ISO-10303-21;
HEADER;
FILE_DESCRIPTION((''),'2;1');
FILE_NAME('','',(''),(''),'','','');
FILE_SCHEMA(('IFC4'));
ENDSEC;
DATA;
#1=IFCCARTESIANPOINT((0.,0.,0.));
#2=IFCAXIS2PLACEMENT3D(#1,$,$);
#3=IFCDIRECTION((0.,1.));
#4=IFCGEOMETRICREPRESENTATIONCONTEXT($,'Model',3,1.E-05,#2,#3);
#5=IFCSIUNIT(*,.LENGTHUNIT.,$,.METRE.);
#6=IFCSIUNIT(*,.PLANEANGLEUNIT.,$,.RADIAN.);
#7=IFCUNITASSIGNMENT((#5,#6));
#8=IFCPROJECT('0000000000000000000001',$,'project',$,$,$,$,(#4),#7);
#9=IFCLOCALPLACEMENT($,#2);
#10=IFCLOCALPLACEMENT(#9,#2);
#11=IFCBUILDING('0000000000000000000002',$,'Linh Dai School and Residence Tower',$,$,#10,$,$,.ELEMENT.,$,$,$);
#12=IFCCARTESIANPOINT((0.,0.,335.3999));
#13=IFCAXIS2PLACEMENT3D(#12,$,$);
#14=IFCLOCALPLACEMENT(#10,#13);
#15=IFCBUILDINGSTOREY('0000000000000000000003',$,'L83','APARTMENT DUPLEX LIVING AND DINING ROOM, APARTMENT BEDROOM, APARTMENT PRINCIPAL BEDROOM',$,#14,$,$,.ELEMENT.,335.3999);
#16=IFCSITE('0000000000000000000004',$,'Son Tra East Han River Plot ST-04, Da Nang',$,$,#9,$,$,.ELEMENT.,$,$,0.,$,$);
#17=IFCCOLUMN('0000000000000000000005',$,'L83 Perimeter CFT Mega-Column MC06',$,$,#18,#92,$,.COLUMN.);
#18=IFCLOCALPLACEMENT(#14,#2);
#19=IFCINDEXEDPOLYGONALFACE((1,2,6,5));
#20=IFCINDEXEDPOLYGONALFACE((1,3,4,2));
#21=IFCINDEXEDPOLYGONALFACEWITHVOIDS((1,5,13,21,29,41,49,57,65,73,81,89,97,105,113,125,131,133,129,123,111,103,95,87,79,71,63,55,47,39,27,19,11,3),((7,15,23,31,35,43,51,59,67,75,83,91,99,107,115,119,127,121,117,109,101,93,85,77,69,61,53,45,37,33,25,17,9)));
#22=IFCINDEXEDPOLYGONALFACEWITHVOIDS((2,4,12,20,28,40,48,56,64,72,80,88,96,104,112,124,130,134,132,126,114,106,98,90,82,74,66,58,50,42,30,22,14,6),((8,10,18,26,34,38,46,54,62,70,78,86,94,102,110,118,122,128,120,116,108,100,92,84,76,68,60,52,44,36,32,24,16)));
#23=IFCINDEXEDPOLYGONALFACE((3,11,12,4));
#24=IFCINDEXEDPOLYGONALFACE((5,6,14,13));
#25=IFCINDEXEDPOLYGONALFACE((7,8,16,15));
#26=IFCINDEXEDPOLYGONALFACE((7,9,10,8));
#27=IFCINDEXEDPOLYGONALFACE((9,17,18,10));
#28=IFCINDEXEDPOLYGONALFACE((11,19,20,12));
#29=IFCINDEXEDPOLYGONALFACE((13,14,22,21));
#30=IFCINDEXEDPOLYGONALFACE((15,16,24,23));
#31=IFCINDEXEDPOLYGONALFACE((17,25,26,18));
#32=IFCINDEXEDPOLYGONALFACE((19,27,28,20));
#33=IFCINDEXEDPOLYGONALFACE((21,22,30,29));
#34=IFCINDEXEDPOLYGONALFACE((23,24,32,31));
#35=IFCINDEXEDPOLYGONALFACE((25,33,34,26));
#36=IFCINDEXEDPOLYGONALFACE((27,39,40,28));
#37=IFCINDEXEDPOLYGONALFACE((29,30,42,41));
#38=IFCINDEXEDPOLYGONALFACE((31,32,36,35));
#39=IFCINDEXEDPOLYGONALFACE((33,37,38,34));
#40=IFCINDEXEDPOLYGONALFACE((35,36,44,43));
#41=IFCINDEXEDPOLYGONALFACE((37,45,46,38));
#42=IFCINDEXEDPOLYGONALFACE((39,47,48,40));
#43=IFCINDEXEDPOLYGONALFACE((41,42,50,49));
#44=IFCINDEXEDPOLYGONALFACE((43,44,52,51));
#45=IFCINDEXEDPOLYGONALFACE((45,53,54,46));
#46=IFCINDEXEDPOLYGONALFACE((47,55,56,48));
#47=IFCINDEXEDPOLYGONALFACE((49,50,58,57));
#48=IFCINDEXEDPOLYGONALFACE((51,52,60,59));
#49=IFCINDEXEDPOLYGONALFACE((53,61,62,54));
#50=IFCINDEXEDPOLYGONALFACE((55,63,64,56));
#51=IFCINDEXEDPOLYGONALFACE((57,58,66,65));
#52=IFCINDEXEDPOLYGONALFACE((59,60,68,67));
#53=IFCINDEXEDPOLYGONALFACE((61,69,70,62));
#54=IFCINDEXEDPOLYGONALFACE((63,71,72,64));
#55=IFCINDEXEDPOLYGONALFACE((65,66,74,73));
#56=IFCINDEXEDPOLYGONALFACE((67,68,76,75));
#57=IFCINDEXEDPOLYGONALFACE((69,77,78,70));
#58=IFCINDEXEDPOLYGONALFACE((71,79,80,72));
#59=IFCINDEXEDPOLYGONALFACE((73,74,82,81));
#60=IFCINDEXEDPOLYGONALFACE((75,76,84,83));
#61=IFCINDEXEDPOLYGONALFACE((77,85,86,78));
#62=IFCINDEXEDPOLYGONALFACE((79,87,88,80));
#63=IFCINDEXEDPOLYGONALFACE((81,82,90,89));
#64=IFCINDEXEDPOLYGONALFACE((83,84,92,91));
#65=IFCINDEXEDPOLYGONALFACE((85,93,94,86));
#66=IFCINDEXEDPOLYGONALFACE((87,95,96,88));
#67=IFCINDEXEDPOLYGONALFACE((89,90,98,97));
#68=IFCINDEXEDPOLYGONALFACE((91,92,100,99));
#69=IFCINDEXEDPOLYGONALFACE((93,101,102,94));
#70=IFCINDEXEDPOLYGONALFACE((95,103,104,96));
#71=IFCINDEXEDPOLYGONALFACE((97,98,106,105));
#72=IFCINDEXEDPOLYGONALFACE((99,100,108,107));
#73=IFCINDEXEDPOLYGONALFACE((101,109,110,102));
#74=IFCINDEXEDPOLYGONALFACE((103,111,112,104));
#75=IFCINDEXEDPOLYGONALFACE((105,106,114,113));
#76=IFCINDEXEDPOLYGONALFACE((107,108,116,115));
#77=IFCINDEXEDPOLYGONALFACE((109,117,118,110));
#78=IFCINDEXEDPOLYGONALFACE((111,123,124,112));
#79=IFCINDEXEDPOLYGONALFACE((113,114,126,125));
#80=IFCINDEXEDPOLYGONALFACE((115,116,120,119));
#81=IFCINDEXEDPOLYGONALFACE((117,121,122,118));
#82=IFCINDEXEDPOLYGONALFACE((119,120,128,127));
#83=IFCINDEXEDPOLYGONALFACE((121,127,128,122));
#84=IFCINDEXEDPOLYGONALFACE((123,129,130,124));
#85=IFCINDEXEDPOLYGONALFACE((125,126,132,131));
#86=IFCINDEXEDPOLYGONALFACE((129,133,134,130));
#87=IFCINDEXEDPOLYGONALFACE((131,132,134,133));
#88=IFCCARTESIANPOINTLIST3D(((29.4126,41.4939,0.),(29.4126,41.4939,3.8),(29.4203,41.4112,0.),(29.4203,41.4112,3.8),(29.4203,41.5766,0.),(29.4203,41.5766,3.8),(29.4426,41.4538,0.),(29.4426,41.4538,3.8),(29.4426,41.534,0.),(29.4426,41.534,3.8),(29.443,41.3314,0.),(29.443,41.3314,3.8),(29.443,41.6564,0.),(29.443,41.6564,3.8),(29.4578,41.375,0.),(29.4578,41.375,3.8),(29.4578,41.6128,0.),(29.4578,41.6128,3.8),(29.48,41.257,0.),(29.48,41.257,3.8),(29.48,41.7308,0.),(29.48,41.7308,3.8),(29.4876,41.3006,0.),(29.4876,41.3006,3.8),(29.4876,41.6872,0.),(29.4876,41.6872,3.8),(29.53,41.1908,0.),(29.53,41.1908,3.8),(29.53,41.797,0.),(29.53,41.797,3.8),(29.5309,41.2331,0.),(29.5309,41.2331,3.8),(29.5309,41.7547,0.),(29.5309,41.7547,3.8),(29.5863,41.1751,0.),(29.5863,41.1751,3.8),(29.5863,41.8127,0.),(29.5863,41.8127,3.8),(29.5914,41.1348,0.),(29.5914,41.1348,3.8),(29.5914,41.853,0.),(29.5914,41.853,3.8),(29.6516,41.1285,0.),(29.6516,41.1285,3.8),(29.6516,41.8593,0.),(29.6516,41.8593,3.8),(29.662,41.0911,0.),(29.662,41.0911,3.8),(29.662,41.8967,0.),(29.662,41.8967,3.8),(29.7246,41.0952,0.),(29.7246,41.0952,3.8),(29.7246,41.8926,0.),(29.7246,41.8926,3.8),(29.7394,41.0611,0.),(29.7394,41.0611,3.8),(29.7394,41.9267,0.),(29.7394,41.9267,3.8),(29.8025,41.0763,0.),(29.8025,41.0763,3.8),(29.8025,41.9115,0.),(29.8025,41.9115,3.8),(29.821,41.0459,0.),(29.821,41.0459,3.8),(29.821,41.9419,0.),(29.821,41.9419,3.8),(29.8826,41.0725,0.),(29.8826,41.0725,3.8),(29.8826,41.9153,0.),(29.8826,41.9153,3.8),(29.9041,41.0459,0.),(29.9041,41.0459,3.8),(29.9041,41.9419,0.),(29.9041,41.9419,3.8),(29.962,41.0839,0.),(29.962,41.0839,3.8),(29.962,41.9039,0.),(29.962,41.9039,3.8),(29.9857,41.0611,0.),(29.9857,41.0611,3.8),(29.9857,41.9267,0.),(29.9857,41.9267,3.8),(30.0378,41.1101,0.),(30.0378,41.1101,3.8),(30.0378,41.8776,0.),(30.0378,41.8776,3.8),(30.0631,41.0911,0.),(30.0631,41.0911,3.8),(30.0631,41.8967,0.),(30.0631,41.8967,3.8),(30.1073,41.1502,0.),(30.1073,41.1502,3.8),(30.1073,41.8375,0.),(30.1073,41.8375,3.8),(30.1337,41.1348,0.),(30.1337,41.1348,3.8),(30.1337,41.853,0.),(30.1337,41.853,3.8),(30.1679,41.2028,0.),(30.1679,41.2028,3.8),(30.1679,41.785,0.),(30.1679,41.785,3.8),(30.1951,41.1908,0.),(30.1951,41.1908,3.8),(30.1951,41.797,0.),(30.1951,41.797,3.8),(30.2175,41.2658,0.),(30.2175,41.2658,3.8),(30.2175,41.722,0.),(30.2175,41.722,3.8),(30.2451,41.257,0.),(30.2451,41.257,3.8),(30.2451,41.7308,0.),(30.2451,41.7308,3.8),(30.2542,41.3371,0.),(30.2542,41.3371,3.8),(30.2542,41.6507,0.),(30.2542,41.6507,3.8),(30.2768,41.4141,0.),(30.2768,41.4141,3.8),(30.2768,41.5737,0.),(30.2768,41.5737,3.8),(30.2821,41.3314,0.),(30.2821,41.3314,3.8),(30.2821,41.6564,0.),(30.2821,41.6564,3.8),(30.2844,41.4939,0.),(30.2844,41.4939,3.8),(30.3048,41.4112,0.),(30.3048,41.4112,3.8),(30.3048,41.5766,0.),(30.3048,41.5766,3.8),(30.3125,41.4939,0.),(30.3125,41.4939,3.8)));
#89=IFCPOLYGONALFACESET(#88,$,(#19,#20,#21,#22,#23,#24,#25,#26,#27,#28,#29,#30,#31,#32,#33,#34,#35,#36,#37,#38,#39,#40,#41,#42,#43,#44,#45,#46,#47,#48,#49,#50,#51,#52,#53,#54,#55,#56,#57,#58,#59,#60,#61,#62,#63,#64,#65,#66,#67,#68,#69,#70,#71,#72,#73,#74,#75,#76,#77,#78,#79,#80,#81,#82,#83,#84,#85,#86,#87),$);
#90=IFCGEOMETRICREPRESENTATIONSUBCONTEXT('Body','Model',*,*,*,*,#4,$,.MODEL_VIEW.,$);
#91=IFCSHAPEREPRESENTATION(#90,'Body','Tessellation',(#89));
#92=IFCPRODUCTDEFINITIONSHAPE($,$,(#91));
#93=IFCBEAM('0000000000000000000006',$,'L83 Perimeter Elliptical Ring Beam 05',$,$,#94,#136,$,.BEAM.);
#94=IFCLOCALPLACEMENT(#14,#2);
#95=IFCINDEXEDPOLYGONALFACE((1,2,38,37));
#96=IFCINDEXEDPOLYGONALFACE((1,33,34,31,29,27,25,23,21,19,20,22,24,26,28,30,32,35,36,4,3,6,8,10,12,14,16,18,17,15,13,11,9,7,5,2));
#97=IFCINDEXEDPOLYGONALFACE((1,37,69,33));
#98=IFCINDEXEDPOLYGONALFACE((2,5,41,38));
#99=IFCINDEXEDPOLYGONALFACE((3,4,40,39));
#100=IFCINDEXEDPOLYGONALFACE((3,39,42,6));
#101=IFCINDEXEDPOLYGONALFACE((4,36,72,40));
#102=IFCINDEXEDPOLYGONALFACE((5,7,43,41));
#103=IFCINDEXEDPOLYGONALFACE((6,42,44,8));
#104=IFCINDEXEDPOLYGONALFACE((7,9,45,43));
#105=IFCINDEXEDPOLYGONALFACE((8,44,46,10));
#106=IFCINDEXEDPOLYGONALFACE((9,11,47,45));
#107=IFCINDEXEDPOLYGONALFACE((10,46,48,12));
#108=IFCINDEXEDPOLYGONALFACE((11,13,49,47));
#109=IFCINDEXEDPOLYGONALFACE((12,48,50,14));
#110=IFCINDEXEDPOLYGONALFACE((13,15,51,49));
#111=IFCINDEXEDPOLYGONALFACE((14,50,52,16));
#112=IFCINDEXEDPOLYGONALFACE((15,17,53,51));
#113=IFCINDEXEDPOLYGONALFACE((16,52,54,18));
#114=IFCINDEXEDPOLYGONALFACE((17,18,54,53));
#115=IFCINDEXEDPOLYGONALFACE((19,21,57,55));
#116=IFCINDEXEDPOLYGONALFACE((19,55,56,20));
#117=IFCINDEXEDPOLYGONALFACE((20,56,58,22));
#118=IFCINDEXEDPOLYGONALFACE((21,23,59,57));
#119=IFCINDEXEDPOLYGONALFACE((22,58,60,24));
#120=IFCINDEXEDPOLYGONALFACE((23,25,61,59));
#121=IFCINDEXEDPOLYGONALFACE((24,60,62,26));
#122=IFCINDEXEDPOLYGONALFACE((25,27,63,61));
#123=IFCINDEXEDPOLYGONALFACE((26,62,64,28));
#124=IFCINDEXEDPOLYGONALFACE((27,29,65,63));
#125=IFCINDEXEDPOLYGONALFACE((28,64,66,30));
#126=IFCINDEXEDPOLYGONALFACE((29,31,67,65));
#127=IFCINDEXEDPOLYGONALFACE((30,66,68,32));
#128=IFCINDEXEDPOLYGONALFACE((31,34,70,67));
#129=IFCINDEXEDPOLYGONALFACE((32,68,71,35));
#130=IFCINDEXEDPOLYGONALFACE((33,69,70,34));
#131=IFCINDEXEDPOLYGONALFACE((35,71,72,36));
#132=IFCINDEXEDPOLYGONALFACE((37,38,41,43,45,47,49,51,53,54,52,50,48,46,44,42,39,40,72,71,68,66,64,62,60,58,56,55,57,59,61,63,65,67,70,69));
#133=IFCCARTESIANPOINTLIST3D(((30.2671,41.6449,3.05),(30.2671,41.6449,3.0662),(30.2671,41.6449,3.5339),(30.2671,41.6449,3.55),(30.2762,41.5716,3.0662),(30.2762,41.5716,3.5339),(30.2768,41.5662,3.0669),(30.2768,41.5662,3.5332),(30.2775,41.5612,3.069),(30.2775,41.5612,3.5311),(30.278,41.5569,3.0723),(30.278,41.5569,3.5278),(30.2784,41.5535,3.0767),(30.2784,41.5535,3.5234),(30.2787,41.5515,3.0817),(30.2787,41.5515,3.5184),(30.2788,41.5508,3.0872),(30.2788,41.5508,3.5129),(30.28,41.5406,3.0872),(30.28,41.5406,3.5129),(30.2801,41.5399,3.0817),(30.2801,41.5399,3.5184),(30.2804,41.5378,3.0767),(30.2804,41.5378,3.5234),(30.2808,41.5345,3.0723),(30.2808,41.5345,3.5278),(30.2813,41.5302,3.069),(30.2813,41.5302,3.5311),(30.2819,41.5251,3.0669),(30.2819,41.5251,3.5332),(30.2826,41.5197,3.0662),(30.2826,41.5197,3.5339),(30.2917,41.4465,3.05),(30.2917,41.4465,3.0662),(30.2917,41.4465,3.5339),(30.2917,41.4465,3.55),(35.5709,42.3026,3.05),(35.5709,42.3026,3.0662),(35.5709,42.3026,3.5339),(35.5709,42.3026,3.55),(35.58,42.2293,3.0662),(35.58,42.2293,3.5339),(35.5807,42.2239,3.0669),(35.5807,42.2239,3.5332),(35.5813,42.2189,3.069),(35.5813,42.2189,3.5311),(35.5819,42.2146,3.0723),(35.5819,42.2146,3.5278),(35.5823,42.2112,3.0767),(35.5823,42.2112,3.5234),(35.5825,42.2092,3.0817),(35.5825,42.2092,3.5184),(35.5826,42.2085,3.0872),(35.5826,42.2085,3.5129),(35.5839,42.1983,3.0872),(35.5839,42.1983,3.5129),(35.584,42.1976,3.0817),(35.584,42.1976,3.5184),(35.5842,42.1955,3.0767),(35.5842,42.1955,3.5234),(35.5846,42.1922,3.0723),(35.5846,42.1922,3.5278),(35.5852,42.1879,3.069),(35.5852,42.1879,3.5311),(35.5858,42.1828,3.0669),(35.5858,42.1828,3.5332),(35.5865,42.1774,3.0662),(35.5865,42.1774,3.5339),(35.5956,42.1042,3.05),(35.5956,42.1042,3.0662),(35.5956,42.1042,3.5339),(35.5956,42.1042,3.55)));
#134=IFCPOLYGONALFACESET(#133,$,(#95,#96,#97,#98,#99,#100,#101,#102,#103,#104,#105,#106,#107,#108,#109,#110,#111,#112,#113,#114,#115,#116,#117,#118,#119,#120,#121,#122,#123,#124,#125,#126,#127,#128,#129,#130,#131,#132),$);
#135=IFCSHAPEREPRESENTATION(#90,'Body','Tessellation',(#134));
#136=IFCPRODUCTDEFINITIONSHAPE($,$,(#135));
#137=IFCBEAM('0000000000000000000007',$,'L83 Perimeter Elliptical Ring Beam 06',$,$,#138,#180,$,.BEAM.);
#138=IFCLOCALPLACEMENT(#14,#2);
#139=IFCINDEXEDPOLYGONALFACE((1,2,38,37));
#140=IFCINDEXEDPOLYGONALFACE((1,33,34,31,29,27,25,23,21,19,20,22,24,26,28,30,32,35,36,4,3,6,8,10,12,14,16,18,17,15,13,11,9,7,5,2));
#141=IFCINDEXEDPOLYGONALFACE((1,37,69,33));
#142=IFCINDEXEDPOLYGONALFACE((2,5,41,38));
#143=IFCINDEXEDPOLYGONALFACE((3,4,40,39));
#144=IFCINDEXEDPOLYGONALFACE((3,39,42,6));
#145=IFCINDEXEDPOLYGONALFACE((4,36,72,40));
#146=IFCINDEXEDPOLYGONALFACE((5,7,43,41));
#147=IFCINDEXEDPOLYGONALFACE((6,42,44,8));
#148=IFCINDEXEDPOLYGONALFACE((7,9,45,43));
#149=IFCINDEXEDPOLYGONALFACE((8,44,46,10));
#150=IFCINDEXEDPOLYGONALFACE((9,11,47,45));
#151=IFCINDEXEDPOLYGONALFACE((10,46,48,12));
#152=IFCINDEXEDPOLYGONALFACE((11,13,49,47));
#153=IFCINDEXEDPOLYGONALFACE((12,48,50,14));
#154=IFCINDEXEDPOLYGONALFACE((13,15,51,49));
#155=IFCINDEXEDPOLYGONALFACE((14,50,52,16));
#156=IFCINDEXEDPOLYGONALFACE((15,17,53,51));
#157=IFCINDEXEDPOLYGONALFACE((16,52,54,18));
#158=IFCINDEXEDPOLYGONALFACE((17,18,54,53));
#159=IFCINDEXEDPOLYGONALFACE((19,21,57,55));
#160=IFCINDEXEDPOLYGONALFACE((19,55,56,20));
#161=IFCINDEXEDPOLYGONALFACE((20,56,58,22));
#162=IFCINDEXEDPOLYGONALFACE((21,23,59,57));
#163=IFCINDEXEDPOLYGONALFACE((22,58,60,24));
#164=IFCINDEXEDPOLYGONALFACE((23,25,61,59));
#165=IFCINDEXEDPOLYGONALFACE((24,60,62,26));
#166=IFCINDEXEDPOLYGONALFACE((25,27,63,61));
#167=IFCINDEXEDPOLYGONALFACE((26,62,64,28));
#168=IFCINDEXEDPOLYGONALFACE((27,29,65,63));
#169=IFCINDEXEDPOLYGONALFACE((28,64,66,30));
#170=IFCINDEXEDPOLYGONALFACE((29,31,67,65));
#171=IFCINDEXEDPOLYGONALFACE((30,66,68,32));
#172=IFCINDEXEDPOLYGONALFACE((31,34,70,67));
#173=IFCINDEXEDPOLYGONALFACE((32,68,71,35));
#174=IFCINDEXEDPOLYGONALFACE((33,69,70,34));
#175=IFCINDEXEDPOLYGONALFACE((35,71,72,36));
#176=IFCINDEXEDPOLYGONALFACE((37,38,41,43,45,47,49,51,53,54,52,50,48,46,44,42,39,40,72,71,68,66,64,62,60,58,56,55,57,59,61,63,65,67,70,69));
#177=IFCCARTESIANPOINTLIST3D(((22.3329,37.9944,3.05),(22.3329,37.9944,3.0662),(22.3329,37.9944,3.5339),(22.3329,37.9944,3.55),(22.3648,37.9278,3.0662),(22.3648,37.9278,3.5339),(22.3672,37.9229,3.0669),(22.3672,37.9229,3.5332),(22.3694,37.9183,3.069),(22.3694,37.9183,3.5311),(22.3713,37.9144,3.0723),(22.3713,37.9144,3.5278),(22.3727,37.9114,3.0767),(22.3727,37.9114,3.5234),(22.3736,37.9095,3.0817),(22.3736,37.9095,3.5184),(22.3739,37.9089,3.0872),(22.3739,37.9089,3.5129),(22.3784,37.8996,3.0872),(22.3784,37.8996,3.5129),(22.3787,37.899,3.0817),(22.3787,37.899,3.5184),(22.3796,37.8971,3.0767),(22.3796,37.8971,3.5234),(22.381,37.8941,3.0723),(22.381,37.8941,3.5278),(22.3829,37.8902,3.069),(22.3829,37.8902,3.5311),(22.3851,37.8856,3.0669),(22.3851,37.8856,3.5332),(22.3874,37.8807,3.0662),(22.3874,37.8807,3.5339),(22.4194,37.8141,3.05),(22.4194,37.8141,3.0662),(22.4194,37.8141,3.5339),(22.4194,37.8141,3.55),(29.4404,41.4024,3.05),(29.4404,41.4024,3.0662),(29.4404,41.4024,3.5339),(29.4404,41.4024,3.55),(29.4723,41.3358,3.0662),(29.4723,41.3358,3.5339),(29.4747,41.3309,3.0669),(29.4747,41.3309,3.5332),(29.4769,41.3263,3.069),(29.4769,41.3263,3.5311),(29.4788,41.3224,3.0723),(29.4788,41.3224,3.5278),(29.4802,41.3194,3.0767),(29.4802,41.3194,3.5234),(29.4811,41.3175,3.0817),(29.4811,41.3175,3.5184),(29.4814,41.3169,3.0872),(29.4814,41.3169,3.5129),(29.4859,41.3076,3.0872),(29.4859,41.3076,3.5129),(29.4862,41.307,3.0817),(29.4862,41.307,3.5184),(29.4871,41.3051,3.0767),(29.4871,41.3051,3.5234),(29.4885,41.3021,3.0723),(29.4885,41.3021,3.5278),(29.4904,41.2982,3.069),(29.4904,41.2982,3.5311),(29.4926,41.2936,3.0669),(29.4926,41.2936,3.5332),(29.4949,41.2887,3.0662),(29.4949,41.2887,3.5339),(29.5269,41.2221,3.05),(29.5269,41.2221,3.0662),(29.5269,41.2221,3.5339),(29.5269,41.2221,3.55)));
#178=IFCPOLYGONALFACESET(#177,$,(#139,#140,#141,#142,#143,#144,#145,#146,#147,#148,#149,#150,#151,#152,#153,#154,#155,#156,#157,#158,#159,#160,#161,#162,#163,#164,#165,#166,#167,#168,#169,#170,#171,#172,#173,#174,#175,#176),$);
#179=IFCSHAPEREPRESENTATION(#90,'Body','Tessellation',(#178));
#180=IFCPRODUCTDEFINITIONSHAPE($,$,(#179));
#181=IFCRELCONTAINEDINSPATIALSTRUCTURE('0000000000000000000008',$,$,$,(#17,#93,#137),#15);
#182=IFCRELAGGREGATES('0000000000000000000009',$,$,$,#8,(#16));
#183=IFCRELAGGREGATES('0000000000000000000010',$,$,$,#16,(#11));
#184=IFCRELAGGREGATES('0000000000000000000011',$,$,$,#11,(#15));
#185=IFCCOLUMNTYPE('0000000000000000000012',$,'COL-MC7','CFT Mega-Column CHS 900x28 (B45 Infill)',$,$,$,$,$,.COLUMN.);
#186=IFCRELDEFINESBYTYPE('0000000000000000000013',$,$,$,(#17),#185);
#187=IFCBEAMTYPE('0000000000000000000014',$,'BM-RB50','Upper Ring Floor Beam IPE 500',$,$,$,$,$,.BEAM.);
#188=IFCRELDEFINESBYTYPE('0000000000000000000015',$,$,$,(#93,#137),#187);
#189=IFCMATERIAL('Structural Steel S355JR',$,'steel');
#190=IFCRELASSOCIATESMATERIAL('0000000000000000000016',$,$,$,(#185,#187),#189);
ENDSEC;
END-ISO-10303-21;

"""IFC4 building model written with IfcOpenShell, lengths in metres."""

from ifc_helpers import new_model, si_unit, direction, frame, origin, origin_2d, place, context, subcontext, project, spatial, hollow_circle, i_section, extrude, material, material_profile, profile_set, type_object, element, save


model = new_model("IFC4")

# Units and contexts
model_context = context("Model", 3, precision=1e-05, world=origin(), true_north=direction((0.0, 1.0)))
body_context = subcontext(model_context, "Body", "Model", "MODEL_VIEW")
ifc_project = project(units=[si_unit("LENGTHUNIT", "METRE"), si_unit("PLANEANGLEUNIT", "RADIAN")], contexts=[model_context])

# Site, building, storey
site_placement = place(None, origin())
site = spatial("IfcSite", under=ifc_project, at=site_placement, Name="Son Tra East Han River Plot ST-04, Da Nang", CompositionType="ELEMENT", RefElevation=0.0)
building_placement = place(site_placement, origin())
building = spatial("IfcBuilding", under=site, at=building_placement, Name="Linh Dai School and Residence Tower", CompositionType="ELEMENT")
storey_placement = place(building_placement, frame((0.0, 0.0, 335.3999)))
storey = spatial("IfcBuildingStorey", under=building, at=storey_placement, Name="L83", Description="APARTMENT DUPLEX LIVING AND DINING ROOM, APARTMENT BEDROOM, APARTMENT PRINCIPAL BEDROOM", CompositionType="ELEMENT", Elevation=335.3999)

# Column
ifc_material_1 = material(Name="Structural Steel S355JR", Category="steel")
ifc_material_profile_1 = material_profile(ifc_material_1, hollow_circle(Radius=0.45, WallThickness=0.0281, at=origin_2d()), Name="CHS 900x28")
ifc_profile_set_1 = profile_set([ifc_material_profile_1], Name="Structural Steel S355JR")
column_type = type_object("IfcColumnType", Name="COL-MC7", Description="CFT Mega-Column CHS 900x28 (B45 Infill)", PredefinedType="COLUMN", material=ifc_profile_set_1)
column_placement = place(storey_placement, frame((29.8625, 41.4939, 0.0), z_axis=(0.0, 0.0, 1.0), x_axis=(1.0, 0.0, 0.0)))
element("IfcColumn", 1, at=column_placement, inside=storey, type_object=column_type, Name="L83 Perimeter CFT Mega-Column MC06", PredefinedType="COLUMN", context=body_context, shape_type="SweptSolid", body=[
    extrude(hollow_circle(Radius=0.45, WallThickness=0.0281, at=origin_2d()), origin(), (0.0, 0.0, 1.0), 3.8),
])

# Beams
ifc_material_profile_2 = material_profile(ifc_material_1, i_section(OverallWidth=0.2, OverallDepth=0.5, WebThickness=0.0103, FlangeThickness=0.0161, FilletRadius=0.021, at=origin_2d()), Name="IPE 500")
ifc_profile_set_2 = profile_set([ifc_material_profile_2], Name="Structural Steel S355JR")
beam_type_1 = type_object("IfcBeamType", Name="BM-RB50", Description="Upper Ring Floor Beam IPE 500", PredefinedType="BEAM", material=ifc_profile_set_2)
beam_1_placement = place(storey_placement, frame((35.5833, 42.2034, 3.3), z_axis=(-0.992399, -0.123062, 0.0), x_axis=(0.123062, -0.992399, 0.0)))
element("IfcBeam", 2, at=beam_1_placement, inside=storey, type_object=beam_type_1, Name="L83 Perimeter Elliptical Ring Beam 05", PredefinedType="BEAM", context=body_context, shape_type="SweptSolid", body=[
    extrude(i_section(OverallWidth=0.2, OverallDepth=0.5, WebThickness=0.0103, FlangeThickness=0.0161, FilletRadius=0.021, at=origin_2d()), origin(), (0.0, 0.0, 1.0), 5.3445),
])
beam_2_placement = place(storey_placement, frame((29.4836, 41.3123, 3.3), z_axis=(-0.901701, -0.432359, 0.0), x_axis=(0.432359, -0.901701, 0.0)))
element("IfcBeam", 3, at=beam_2_placement, inside=storey, type_object=beam_type_1, Name="L83 Perimeter Elliptical Ring Beam 06", PredefinedType="BEAM", context=body_context, shape_type="SweptSolid", body=[
    extrude(i_section(OverallWidth=0.2, OverallDepth=0.5, WebThickness=0.0103, FlangeThickness=0.0161, FilletRadius=0.021, at=origin_2d()), origin(), (0.0, 0.0, 1.0), 7.8823),
])

save(model, "model.ifc")
